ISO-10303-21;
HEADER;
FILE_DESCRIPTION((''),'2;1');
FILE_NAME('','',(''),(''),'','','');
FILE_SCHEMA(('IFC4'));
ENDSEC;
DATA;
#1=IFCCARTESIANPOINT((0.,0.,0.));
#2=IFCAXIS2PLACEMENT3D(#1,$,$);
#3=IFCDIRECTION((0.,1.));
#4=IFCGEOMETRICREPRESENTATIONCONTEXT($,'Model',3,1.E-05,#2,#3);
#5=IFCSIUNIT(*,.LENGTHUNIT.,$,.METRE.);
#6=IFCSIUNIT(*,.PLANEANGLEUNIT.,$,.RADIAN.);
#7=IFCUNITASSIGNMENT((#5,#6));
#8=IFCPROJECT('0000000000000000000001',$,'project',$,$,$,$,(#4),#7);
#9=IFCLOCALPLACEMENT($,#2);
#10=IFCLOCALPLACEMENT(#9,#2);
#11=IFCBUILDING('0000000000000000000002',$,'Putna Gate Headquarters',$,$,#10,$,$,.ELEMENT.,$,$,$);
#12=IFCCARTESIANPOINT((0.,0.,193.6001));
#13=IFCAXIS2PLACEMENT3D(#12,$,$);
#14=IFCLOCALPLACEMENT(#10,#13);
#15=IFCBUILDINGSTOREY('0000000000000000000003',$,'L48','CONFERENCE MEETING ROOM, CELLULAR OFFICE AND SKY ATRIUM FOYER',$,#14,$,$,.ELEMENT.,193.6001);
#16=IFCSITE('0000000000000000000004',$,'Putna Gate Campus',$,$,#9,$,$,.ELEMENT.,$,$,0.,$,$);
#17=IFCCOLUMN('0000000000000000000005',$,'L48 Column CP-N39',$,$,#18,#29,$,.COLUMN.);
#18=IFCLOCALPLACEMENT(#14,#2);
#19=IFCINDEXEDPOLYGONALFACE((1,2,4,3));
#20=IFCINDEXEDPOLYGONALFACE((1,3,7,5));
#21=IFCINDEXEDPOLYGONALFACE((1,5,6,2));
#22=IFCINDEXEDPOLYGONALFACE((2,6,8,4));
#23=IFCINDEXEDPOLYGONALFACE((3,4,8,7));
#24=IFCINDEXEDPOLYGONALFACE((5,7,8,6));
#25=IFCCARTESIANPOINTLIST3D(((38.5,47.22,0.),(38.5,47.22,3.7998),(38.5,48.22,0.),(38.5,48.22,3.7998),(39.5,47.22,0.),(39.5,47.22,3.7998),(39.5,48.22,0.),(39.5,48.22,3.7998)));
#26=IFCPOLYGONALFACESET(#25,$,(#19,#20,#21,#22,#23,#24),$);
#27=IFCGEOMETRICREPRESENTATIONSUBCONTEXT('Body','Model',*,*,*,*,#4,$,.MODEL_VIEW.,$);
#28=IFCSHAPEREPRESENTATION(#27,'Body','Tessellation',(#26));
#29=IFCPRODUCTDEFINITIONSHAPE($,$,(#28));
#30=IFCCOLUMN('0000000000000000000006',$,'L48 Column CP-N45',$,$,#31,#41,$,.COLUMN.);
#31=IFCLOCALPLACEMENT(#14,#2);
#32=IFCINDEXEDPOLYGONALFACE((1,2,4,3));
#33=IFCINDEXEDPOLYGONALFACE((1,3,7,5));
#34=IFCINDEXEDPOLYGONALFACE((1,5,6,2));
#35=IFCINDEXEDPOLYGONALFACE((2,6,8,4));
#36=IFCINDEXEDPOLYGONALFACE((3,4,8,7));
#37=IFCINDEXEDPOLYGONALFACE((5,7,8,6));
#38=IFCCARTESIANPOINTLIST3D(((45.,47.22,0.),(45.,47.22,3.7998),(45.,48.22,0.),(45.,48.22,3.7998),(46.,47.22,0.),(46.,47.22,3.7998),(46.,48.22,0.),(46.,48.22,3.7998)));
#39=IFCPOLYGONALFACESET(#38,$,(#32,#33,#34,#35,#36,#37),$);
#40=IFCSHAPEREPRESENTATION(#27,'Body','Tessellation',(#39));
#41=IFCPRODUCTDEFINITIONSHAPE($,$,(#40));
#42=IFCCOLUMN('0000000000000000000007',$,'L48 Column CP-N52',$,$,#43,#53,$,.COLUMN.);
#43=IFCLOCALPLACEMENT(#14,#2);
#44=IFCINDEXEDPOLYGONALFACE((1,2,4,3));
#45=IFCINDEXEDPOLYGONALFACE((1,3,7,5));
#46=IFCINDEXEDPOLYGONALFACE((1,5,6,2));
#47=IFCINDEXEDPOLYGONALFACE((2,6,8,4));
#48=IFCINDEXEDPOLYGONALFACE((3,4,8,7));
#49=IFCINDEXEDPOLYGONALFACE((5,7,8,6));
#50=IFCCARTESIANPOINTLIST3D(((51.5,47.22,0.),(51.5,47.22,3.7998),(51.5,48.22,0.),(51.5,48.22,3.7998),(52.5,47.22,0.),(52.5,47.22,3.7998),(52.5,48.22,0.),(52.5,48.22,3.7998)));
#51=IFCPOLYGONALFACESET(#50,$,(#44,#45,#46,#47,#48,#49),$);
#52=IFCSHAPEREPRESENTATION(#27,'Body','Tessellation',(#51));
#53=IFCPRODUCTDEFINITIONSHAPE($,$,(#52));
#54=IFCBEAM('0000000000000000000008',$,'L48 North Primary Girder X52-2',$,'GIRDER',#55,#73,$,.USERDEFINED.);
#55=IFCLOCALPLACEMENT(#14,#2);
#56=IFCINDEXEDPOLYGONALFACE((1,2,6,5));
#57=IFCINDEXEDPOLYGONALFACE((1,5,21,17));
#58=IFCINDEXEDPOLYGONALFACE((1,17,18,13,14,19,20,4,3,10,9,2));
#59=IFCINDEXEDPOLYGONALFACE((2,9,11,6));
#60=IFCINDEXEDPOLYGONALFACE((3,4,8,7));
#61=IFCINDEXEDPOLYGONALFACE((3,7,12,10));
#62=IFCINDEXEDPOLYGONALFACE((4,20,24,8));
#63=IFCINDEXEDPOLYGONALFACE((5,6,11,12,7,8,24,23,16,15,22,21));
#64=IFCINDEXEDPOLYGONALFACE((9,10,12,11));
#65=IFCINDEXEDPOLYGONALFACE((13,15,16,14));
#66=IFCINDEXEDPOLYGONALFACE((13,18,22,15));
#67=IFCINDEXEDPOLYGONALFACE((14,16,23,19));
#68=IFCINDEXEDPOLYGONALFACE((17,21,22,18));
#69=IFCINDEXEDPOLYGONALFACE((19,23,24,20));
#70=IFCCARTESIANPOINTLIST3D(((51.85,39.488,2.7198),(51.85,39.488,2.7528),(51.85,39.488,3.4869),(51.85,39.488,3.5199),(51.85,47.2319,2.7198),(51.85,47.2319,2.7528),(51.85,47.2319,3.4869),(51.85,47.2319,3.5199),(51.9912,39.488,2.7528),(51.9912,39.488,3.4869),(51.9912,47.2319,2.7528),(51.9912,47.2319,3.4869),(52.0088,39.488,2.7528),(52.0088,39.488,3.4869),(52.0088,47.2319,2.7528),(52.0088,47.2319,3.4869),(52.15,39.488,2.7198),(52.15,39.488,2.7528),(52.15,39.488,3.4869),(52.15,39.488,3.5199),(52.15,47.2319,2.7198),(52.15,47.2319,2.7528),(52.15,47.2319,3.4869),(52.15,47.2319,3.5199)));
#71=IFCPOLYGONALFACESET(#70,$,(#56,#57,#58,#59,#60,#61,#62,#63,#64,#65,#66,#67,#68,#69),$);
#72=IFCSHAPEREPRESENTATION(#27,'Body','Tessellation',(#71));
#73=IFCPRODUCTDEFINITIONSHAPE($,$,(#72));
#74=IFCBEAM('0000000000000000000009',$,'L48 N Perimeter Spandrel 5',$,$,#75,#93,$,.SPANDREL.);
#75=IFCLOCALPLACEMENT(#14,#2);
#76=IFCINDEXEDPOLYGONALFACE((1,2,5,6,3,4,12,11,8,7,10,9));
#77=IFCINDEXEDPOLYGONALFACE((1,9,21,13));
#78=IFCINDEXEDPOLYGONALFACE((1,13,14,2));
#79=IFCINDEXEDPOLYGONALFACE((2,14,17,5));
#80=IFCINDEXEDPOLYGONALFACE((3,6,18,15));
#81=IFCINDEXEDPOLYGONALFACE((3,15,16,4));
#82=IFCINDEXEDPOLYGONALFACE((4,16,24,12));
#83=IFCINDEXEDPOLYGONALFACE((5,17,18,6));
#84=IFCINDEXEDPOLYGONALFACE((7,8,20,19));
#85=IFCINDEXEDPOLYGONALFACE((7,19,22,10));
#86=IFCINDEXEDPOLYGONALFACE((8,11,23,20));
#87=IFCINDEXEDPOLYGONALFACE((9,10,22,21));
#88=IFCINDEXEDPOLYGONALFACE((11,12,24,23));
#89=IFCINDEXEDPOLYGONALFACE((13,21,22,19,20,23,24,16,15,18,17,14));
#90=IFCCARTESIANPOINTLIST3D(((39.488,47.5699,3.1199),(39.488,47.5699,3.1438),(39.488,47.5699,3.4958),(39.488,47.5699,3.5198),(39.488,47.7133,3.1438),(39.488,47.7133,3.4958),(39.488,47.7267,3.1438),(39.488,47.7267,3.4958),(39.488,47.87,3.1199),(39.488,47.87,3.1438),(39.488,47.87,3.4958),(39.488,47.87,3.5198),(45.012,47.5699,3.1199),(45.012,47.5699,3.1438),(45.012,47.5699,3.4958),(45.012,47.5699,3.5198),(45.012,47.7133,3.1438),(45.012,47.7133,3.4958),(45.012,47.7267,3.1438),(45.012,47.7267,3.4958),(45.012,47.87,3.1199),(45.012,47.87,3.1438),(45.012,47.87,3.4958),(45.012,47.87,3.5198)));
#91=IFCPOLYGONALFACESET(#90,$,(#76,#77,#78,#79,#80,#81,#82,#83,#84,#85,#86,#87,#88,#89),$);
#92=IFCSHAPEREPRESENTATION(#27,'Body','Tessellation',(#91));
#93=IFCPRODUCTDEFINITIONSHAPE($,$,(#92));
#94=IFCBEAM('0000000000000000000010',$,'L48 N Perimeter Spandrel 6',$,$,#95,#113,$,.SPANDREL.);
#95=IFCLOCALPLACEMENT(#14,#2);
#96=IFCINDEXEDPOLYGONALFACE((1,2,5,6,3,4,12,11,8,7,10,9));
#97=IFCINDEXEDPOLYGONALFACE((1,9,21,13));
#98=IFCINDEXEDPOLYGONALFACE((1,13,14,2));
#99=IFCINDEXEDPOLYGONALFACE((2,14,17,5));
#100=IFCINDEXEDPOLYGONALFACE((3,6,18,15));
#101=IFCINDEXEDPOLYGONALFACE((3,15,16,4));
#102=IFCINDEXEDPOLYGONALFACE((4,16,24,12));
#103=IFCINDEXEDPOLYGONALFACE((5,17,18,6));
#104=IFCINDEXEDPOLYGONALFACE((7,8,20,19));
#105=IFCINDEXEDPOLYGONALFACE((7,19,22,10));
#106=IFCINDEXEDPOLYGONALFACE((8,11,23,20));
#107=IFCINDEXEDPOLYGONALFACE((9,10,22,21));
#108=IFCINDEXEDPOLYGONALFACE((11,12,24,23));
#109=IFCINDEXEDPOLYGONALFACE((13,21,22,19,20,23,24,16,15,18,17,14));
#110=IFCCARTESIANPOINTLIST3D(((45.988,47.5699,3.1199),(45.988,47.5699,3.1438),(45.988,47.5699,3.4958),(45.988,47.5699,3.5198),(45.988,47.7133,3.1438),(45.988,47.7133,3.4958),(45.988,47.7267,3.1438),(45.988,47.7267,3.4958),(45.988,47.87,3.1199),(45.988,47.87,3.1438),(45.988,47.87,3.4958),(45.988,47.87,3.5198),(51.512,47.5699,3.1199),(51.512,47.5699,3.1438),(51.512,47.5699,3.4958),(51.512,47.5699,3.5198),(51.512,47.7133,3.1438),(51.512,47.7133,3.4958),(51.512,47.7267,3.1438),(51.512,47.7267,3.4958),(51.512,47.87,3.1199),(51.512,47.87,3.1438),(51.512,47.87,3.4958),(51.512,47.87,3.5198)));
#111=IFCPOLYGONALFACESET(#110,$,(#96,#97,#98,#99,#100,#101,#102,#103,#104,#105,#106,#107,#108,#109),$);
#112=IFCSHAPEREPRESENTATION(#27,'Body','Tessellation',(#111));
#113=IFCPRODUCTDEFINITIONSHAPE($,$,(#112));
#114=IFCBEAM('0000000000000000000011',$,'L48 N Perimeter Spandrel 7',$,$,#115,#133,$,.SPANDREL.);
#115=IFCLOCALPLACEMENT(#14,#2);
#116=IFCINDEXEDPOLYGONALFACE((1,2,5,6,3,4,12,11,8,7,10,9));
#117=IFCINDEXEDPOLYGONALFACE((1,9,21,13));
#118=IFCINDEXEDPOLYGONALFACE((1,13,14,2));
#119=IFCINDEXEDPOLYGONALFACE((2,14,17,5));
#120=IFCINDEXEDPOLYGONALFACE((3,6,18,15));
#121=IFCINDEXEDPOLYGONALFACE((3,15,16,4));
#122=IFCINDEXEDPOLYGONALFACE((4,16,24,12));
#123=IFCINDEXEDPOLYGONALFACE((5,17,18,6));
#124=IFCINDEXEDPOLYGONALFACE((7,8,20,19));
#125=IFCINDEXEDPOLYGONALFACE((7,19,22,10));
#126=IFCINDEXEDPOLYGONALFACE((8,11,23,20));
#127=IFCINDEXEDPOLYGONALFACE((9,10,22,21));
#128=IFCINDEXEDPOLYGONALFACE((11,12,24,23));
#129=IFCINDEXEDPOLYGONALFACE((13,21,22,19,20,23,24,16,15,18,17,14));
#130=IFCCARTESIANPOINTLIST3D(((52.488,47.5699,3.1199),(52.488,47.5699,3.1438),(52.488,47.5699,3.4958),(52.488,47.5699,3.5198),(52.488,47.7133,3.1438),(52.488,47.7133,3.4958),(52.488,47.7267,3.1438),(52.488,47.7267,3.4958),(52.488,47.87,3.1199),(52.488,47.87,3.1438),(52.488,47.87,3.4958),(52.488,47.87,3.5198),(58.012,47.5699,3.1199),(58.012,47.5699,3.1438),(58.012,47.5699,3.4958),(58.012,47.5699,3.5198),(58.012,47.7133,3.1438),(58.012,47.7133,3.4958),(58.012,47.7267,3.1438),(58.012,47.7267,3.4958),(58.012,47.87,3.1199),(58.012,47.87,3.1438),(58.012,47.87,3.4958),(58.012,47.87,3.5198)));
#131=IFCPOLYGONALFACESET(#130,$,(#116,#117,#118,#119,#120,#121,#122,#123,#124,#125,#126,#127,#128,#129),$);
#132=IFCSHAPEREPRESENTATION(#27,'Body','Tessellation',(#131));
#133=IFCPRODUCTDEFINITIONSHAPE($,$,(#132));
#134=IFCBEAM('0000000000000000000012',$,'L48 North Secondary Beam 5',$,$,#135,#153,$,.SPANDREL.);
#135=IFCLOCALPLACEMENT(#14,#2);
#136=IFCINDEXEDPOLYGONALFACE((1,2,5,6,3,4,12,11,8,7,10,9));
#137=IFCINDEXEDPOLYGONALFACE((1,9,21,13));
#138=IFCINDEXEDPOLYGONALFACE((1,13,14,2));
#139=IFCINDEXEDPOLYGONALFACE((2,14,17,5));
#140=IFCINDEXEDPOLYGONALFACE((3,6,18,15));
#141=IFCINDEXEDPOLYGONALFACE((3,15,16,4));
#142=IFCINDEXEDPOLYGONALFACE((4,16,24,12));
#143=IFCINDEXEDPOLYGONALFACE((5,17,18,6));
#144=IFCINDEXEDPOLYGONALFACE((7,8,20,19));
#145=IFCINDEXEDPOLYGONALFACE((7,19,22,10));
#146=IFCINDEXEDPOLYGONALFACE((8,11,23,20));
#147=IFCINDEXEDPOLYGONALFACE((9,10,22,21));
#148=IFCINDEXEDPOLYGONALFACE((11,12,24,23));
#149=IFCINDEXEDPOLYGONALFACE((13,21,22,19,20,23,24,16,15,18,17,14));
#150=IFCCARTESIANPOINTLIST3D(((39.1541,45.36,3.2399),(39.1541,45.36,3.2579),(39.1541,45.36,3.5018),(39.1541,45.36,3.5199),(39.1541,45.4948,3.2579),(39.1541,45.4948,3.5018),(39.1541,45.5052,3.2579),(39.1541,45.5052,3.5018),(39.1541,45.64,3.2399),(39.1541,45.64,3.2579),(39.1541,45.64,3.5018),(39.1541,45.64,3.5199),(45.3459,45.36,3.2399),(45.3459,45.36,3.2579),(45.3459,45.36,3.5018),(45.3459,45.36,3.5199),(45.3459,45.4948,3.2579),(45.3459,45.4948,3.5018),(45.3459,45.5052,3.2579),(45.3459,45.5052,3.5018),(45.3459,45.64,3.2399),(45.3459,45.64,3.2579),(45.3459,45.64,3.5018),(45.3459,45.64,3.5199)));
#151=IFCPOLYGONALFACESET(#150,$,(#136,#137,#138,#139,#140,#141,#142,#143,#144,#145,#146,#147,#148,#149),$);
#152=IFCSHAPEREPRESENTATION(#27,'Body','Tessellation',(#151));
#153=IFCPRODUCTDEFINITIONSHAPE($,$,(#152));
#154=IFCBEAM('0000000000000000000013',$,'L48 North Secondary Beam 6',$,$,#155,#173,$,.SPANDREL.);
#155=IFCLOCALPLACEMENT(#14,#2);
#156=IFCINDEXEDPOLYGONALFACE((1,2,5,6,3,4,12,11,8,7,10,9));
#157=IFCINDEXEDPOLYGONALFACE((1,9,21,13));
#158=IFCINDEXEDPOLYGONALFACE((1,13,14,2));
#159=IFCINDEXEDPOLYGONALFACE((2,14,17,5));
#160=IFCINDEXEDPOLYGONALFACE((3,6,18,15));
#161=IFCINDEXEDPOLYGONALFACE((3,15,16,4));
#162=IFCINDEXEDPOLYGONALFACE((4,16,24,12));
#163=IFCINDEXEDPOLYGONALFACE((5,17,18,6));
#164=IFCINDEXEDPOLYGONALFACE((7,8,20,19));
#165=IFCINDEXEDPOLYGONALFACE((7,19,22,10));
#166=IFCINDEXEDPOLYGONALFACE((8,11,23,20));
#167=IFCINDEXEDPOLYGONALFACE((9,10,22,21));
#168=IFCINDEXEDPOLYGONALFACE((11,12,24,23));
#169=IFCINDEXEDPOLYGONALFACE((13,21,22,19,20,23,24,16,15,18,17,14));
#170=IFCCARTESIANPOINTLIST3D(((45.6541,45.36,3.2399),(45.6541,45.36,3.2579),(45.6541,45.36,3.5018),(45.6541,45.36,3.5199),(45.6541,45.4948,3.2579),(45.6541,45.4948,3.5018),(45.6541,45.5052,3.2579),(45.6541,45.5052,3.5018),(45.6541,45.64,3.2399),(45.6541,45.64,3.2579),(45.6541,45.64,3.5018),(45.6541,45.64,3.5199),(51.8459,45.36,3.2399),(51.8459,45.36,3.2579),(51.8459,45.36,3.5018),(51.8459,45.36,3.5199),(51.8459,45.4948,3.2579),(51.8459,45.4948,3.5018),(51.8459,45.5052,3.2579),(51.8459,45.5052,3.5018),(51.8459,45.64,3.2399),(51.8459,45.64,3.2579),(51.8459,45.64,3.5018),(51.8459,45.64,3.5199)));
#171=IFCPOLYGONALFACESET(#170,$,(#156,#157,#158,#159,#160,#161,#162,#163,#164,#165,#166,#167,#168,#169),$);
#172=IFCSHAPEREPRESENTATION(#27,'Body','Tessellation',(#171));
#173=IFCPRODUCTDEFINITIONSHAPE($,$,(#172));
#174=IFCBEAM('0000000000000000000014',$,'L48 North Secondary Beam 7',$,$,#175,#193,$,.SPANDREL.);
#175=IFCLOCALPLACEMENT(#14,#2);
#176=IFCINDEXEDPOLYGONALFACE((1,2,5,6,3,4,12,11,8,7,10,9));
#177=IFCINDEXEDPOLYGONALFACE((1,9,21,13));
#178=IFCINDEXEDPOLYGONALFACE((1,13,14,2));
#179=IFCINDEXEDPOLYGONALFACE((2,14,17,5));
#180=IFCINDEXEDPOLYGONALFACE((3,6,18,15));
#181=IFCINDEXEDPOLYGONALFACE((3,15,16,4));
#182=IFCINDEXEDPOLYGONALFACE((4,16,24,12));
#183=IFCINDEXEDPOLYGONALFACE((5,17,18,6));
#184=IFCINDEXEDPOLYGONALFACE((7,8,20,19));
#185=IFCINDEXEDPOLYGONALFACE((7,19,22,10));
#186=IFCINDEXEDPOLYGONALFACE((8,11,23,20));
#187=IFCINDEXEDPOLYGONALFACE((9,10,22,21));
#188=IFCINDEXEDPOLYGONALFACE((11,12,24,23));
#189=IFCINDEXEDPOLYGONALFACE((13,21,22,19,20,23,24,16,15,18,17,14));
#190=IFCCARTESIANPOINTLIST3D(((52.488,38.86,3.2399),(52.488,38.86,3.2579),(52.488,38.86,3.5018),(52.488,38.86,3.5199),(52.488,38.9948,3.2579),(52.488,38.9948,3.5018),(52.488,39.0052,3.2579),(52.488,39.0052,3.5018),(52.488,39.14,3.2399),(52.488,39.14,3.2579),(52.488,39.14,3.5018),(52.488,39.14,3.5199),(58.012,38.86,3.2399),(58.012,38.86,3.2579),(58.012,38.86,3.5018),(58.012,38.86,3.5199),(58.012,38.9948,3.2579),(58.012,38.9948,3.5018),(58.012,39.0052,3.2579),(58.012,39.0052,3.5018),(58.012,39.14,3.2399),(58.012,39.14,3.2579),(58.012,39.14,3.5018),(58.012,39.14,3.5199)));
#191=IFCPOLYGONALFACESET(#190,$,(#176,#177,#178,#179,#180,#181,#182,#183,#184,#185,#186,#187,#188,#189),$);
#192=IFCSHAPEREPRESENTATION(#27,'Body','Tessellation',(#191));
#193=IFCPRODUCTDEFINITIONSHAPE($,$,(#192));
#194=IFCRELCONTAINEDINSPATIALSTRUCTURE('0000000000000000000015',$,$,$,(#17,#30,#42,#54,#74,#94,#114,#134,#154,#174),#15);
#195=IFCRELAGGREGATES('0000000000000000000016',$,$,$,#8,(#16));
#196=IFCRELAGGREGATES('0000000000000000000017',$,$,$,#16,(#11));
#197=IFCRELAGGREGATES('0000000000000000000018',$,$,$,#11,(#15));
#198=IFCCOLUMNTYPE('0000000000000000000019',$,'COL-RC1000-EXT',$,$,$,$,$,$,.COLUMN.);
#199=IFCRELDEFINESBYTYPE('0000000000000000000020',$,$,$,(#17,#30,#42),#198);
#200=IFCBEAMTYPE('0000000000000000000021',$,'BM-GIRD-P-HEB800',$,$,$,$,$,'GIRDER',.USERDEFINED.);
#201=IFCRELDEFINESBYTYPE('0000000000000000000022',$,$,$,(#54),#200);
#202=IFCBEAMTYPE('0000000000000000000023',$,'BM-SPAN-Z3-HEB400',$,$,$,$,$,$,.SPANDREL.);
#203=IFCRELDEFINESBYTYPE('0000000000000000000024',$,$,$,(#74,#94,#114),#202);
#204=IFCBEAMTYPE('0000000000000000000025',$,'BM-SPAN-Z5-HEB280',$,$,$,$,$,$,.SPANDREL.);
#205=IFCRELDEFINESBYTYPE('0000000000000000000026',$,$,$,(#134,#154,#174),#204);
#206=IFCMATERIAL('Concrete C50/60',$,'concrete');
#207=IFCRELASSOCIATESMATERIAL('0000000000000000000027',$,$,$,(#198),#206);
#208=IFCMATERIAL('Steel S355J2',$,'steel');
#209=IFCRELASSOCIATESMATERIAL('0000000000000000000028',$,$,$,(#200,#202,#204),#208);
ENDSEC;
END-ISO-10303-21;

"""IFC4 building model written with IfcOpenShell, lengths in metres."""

from ifc_helpers import new_model, si_unit, direction, frame, origin, origin_2d, place, context, subcontext, project, spatial, rectangle, i_section, extrude, material, material_profile, profile_set, type_object, element, save


model = new_model("IFC4")

# Units and contexts
model_context = context("Model", 3, precision=1e-05, world=origin(), true_north=direction((0.0, 1.0)))
body_context = subcontext(model_context, "Body", "Model", "MODEL_VIEW")
ifc_project = project(units=[si_unit("LENGTHUNIT", "METRE"), si_unit("PLANEANGLEUNIT", "RADIAN")], contexts=[model_context])

# Site, building, storey
site_placement = place(None, origin())
site = spatial("IfcSite", under=ifc_project, at=site_placement, Name="Putna Gate Campus", CompositionType="ELEMENT", RefElevation=0.0)
building_placement = place(site_placement, origin())
building = spatial("IfcBuilding", under=site, at=building_placement, Name="Putna Gate Headquarters", CompositionType="ELEMENT")
storey_placement = place(building_placement, frame((0.0, 0.0, 193.6001)))
storey = spatial("IfcBuildingStorey", under=building, at=storey_placement, Name="L48", Description="CONFERENCE MEETING ROOM, CELLULAR OFFICE AND SKY ATRIUM FOYER", CompositionType="ELEMENT", Elevation=193.6001)

# Columns
ifc_material_1 = material(Name="Concrete C50/60", Category="concrete")
ifc_material_profile_1 = material_profile(ifc_material_1, rectangle(XDim=1.0, YDim=1.0, at=origin_2d()), Name="Concrete C50/60")
ifc_profile_set_1 = profile_set([ifc_material_profile_1], Name="Concrete C50/60")
column_type = type_object("IfcColumnType", Name="COL-RC1000-EXT", PredefinedType="COLUMN", material=ifc_profile_set_1)
for number, where, z_axis, x_axis, name in (
    (1, (39.0, 47.72, 0.0), (0.0, 0.0, 1.0), (1.0, 0.0, 0.0), "L48 Column CP-N39"),
    (2, (45.5, 47.72, 0.0), (0.0, 0.0, 1.0), (1.0, 0.0, 0.0), "L48 Column CP-N45"),
    (3, (52.0, 47.72, 0.0), (0.0, 0.0, 1.0), (1.0, 0.0, 0.0), "L48 Column CP-N52"),
):
    element("IfcColumn", number, at=place(storey_placement, frame(where, z_axis=z_axis, x_axis=x_axis)), inside=storey, type_object=column_type, Name=name, PredefinedType="COLUMN", context=body_context, shape_type="SweptSolid", body=[
        extrude(rectangle(XDim=1.0, YDim=1.0, at=origin_2d()), origin(), (0.0, 0.0, 1.0), 3.7998),
    ])

# Beams
ifc_material_2 = material(Name="Steel S355J2", Category="steel")
ifc_material_profile_2 = material_profile(ifc_material_2, i_section(OverallWidth=0.3, OverallDepth=0.8, WebThickness=0.0176, FlangeThickness=0.033, at=origin_2d()), Name="Steel S355J2")
ifc_profile_set_2 = profile_set([ifc_material_profile_2], Name="Steel S355J2")
beam_type_1 = type_object("IfcBeamType", Name="BM-GIRD-P-HEB800", ElementType="GIRDER", PredefinedType="USERDEFINED", material=ifc_profile_set_2)
beam_1_placement = place(storey_placement, frame((52.0, 39.488, 3.1199), z_axis=(0.0, 1.0, 0.0), x_axis=(-1.0, 0.0, 0.0)))
element("IfcBeam", 4, at=beam_1_placement, inside=storey, type_object=beam_type_1, Name="L48 North Primary Girder X52-2", ObjectType="GIRDER", PredefinedType="USERDEFINED", context=body_context, shape_type="SweptSolid", body=[
    extrude(i_section(OverallWidth=0.3, OverallDepth=0.8, WebThickness=0.0176, FlangeThickness=0.033, at=origin_2d()), origin(), (0.0, 0.0, 1.0), 7.7439),
])
ifc_material_profile_3 = material_profile(ifc_material_2, i_section(OverallWidth=0.3, OverallDepth=0.3999, WebThickness=0.0134, FlangeThickness=0.0239, at=origin_2d()), Name="Steel S355J2")
ifc_profile_set_3 = profile_set([ifc_material_profile_3], Name="Steel S355J2")
beam_type_2 = type_object("IfcBeamType", Name="BM-SPAN-Z3-HEB400", PredefinedType="SPANDREL", material=ifc_profile_set_3)
for number, where, z_axis, x_axis, name in (
    (5, (39.488, 47.72, 3.3198), (1.0, 0.0, 0.0), (0.0, 1.0, 0.0), "L48 N Perimeter Spandrel 5"),
    (6, (45.988, 47.72, 3.3198), (1.0, 0.0, 0.0), (0.0, 1.0, 0.0), "L48 N Perimeter Spandrel 6"),
    (7, (52.488, 47.72, 3.3198), (1.0, 0.0, 0.0), (0.0, 1.0, 0.0), "L48 N Perimeter Spandrel 7"),
):
    element("IfcBeam", number, at=place(storey_placement, frame(where, z_axis=z_axis, x_axis=x_axis)), inside=storey, type_object=beam_type_2, Name=name, PredefinedType="SPANDREL", context=body_context, shape_type="SweptSolid", body=[
        extrude(i_section(OverallWidth=0.3, OverallDepth=0.3999, WebThickness=0.0134, FlangeThickness=0.0239, at=origin_2d()), origin(), (0.0, 0.0, 1.0), 5.5239),
    ])
ifc_material_profile_4 = material_profile(ifc_material_2, i_section(OverallWidth=0.28, OverallDepth=0.28, WebThickness=0.0105, FlangeThickness=0.0181, at=origin_2d()), Name="Steel S355J2")
ifc_profile_set_4 = profile_set([ifc_material_profile_4], Name="Steel S355J2")
beam_type_3 = type_object("IfcBeamType", Name="BM-SPAN-Z5-HEB280", PredefinedType="SPANDREL", material=ifc_profile_set_4)
for number, where, z_axis, x_axis, name in (
    (8, (39.1541, 45.5, 3.3799), (1.0, 0.0, 0.0), (0.0, 1.0, 0.0), "L48 North Secondary Beam 5"),
    (9, (45.6541, 45.5, 3.3799), (1.0, 0.0, 0.0), (0.0, 1.0, 0.0), "L48 North Secondary Beam 6"),
):
    element("IfcBeam", number, at=place(storey_placement, frame(where, z_axis=z_axis, x_axis=x_axis)), inside=storey, type_object=beam_type_3, Name=name, PredefinedType="SPANDREL", context=body_context, shape_type="SweptSolid", body=[
        extrude(i_section(OverallWidth=0.28, OverallDepth=0.28, WebThickness=0.0105, FlangeThickness=0.0181, at=origin_2d()), origin(), (0.0, 0.0, 1.0), 6.1919),
    ])
beam_2_placement = place(storey_placement, frame((52.488, 39.0, 3.3799), z_axis=(1.0, 0.0, 0.0), x_axis=(0.0, 1.0, 0.0)))
element("IfcBeam", 10, at=beam_2_placement, inside=storey, type_object=beam_type_3, Name="L48 North Secondary Beam 7", PredefinedType="SPANDREL", context=body_context, shape_type="SweptSolid", body=[
    extrude(i_section(OverallWidth=0.28, OverallDepth=0.28, WebThickness=0.0105, FlangeThickness=0.0181, at=origin_2d()), origin(), (0.0, 0.0, 1.0), 5.5239),
])

save(model, "model.ifc")
